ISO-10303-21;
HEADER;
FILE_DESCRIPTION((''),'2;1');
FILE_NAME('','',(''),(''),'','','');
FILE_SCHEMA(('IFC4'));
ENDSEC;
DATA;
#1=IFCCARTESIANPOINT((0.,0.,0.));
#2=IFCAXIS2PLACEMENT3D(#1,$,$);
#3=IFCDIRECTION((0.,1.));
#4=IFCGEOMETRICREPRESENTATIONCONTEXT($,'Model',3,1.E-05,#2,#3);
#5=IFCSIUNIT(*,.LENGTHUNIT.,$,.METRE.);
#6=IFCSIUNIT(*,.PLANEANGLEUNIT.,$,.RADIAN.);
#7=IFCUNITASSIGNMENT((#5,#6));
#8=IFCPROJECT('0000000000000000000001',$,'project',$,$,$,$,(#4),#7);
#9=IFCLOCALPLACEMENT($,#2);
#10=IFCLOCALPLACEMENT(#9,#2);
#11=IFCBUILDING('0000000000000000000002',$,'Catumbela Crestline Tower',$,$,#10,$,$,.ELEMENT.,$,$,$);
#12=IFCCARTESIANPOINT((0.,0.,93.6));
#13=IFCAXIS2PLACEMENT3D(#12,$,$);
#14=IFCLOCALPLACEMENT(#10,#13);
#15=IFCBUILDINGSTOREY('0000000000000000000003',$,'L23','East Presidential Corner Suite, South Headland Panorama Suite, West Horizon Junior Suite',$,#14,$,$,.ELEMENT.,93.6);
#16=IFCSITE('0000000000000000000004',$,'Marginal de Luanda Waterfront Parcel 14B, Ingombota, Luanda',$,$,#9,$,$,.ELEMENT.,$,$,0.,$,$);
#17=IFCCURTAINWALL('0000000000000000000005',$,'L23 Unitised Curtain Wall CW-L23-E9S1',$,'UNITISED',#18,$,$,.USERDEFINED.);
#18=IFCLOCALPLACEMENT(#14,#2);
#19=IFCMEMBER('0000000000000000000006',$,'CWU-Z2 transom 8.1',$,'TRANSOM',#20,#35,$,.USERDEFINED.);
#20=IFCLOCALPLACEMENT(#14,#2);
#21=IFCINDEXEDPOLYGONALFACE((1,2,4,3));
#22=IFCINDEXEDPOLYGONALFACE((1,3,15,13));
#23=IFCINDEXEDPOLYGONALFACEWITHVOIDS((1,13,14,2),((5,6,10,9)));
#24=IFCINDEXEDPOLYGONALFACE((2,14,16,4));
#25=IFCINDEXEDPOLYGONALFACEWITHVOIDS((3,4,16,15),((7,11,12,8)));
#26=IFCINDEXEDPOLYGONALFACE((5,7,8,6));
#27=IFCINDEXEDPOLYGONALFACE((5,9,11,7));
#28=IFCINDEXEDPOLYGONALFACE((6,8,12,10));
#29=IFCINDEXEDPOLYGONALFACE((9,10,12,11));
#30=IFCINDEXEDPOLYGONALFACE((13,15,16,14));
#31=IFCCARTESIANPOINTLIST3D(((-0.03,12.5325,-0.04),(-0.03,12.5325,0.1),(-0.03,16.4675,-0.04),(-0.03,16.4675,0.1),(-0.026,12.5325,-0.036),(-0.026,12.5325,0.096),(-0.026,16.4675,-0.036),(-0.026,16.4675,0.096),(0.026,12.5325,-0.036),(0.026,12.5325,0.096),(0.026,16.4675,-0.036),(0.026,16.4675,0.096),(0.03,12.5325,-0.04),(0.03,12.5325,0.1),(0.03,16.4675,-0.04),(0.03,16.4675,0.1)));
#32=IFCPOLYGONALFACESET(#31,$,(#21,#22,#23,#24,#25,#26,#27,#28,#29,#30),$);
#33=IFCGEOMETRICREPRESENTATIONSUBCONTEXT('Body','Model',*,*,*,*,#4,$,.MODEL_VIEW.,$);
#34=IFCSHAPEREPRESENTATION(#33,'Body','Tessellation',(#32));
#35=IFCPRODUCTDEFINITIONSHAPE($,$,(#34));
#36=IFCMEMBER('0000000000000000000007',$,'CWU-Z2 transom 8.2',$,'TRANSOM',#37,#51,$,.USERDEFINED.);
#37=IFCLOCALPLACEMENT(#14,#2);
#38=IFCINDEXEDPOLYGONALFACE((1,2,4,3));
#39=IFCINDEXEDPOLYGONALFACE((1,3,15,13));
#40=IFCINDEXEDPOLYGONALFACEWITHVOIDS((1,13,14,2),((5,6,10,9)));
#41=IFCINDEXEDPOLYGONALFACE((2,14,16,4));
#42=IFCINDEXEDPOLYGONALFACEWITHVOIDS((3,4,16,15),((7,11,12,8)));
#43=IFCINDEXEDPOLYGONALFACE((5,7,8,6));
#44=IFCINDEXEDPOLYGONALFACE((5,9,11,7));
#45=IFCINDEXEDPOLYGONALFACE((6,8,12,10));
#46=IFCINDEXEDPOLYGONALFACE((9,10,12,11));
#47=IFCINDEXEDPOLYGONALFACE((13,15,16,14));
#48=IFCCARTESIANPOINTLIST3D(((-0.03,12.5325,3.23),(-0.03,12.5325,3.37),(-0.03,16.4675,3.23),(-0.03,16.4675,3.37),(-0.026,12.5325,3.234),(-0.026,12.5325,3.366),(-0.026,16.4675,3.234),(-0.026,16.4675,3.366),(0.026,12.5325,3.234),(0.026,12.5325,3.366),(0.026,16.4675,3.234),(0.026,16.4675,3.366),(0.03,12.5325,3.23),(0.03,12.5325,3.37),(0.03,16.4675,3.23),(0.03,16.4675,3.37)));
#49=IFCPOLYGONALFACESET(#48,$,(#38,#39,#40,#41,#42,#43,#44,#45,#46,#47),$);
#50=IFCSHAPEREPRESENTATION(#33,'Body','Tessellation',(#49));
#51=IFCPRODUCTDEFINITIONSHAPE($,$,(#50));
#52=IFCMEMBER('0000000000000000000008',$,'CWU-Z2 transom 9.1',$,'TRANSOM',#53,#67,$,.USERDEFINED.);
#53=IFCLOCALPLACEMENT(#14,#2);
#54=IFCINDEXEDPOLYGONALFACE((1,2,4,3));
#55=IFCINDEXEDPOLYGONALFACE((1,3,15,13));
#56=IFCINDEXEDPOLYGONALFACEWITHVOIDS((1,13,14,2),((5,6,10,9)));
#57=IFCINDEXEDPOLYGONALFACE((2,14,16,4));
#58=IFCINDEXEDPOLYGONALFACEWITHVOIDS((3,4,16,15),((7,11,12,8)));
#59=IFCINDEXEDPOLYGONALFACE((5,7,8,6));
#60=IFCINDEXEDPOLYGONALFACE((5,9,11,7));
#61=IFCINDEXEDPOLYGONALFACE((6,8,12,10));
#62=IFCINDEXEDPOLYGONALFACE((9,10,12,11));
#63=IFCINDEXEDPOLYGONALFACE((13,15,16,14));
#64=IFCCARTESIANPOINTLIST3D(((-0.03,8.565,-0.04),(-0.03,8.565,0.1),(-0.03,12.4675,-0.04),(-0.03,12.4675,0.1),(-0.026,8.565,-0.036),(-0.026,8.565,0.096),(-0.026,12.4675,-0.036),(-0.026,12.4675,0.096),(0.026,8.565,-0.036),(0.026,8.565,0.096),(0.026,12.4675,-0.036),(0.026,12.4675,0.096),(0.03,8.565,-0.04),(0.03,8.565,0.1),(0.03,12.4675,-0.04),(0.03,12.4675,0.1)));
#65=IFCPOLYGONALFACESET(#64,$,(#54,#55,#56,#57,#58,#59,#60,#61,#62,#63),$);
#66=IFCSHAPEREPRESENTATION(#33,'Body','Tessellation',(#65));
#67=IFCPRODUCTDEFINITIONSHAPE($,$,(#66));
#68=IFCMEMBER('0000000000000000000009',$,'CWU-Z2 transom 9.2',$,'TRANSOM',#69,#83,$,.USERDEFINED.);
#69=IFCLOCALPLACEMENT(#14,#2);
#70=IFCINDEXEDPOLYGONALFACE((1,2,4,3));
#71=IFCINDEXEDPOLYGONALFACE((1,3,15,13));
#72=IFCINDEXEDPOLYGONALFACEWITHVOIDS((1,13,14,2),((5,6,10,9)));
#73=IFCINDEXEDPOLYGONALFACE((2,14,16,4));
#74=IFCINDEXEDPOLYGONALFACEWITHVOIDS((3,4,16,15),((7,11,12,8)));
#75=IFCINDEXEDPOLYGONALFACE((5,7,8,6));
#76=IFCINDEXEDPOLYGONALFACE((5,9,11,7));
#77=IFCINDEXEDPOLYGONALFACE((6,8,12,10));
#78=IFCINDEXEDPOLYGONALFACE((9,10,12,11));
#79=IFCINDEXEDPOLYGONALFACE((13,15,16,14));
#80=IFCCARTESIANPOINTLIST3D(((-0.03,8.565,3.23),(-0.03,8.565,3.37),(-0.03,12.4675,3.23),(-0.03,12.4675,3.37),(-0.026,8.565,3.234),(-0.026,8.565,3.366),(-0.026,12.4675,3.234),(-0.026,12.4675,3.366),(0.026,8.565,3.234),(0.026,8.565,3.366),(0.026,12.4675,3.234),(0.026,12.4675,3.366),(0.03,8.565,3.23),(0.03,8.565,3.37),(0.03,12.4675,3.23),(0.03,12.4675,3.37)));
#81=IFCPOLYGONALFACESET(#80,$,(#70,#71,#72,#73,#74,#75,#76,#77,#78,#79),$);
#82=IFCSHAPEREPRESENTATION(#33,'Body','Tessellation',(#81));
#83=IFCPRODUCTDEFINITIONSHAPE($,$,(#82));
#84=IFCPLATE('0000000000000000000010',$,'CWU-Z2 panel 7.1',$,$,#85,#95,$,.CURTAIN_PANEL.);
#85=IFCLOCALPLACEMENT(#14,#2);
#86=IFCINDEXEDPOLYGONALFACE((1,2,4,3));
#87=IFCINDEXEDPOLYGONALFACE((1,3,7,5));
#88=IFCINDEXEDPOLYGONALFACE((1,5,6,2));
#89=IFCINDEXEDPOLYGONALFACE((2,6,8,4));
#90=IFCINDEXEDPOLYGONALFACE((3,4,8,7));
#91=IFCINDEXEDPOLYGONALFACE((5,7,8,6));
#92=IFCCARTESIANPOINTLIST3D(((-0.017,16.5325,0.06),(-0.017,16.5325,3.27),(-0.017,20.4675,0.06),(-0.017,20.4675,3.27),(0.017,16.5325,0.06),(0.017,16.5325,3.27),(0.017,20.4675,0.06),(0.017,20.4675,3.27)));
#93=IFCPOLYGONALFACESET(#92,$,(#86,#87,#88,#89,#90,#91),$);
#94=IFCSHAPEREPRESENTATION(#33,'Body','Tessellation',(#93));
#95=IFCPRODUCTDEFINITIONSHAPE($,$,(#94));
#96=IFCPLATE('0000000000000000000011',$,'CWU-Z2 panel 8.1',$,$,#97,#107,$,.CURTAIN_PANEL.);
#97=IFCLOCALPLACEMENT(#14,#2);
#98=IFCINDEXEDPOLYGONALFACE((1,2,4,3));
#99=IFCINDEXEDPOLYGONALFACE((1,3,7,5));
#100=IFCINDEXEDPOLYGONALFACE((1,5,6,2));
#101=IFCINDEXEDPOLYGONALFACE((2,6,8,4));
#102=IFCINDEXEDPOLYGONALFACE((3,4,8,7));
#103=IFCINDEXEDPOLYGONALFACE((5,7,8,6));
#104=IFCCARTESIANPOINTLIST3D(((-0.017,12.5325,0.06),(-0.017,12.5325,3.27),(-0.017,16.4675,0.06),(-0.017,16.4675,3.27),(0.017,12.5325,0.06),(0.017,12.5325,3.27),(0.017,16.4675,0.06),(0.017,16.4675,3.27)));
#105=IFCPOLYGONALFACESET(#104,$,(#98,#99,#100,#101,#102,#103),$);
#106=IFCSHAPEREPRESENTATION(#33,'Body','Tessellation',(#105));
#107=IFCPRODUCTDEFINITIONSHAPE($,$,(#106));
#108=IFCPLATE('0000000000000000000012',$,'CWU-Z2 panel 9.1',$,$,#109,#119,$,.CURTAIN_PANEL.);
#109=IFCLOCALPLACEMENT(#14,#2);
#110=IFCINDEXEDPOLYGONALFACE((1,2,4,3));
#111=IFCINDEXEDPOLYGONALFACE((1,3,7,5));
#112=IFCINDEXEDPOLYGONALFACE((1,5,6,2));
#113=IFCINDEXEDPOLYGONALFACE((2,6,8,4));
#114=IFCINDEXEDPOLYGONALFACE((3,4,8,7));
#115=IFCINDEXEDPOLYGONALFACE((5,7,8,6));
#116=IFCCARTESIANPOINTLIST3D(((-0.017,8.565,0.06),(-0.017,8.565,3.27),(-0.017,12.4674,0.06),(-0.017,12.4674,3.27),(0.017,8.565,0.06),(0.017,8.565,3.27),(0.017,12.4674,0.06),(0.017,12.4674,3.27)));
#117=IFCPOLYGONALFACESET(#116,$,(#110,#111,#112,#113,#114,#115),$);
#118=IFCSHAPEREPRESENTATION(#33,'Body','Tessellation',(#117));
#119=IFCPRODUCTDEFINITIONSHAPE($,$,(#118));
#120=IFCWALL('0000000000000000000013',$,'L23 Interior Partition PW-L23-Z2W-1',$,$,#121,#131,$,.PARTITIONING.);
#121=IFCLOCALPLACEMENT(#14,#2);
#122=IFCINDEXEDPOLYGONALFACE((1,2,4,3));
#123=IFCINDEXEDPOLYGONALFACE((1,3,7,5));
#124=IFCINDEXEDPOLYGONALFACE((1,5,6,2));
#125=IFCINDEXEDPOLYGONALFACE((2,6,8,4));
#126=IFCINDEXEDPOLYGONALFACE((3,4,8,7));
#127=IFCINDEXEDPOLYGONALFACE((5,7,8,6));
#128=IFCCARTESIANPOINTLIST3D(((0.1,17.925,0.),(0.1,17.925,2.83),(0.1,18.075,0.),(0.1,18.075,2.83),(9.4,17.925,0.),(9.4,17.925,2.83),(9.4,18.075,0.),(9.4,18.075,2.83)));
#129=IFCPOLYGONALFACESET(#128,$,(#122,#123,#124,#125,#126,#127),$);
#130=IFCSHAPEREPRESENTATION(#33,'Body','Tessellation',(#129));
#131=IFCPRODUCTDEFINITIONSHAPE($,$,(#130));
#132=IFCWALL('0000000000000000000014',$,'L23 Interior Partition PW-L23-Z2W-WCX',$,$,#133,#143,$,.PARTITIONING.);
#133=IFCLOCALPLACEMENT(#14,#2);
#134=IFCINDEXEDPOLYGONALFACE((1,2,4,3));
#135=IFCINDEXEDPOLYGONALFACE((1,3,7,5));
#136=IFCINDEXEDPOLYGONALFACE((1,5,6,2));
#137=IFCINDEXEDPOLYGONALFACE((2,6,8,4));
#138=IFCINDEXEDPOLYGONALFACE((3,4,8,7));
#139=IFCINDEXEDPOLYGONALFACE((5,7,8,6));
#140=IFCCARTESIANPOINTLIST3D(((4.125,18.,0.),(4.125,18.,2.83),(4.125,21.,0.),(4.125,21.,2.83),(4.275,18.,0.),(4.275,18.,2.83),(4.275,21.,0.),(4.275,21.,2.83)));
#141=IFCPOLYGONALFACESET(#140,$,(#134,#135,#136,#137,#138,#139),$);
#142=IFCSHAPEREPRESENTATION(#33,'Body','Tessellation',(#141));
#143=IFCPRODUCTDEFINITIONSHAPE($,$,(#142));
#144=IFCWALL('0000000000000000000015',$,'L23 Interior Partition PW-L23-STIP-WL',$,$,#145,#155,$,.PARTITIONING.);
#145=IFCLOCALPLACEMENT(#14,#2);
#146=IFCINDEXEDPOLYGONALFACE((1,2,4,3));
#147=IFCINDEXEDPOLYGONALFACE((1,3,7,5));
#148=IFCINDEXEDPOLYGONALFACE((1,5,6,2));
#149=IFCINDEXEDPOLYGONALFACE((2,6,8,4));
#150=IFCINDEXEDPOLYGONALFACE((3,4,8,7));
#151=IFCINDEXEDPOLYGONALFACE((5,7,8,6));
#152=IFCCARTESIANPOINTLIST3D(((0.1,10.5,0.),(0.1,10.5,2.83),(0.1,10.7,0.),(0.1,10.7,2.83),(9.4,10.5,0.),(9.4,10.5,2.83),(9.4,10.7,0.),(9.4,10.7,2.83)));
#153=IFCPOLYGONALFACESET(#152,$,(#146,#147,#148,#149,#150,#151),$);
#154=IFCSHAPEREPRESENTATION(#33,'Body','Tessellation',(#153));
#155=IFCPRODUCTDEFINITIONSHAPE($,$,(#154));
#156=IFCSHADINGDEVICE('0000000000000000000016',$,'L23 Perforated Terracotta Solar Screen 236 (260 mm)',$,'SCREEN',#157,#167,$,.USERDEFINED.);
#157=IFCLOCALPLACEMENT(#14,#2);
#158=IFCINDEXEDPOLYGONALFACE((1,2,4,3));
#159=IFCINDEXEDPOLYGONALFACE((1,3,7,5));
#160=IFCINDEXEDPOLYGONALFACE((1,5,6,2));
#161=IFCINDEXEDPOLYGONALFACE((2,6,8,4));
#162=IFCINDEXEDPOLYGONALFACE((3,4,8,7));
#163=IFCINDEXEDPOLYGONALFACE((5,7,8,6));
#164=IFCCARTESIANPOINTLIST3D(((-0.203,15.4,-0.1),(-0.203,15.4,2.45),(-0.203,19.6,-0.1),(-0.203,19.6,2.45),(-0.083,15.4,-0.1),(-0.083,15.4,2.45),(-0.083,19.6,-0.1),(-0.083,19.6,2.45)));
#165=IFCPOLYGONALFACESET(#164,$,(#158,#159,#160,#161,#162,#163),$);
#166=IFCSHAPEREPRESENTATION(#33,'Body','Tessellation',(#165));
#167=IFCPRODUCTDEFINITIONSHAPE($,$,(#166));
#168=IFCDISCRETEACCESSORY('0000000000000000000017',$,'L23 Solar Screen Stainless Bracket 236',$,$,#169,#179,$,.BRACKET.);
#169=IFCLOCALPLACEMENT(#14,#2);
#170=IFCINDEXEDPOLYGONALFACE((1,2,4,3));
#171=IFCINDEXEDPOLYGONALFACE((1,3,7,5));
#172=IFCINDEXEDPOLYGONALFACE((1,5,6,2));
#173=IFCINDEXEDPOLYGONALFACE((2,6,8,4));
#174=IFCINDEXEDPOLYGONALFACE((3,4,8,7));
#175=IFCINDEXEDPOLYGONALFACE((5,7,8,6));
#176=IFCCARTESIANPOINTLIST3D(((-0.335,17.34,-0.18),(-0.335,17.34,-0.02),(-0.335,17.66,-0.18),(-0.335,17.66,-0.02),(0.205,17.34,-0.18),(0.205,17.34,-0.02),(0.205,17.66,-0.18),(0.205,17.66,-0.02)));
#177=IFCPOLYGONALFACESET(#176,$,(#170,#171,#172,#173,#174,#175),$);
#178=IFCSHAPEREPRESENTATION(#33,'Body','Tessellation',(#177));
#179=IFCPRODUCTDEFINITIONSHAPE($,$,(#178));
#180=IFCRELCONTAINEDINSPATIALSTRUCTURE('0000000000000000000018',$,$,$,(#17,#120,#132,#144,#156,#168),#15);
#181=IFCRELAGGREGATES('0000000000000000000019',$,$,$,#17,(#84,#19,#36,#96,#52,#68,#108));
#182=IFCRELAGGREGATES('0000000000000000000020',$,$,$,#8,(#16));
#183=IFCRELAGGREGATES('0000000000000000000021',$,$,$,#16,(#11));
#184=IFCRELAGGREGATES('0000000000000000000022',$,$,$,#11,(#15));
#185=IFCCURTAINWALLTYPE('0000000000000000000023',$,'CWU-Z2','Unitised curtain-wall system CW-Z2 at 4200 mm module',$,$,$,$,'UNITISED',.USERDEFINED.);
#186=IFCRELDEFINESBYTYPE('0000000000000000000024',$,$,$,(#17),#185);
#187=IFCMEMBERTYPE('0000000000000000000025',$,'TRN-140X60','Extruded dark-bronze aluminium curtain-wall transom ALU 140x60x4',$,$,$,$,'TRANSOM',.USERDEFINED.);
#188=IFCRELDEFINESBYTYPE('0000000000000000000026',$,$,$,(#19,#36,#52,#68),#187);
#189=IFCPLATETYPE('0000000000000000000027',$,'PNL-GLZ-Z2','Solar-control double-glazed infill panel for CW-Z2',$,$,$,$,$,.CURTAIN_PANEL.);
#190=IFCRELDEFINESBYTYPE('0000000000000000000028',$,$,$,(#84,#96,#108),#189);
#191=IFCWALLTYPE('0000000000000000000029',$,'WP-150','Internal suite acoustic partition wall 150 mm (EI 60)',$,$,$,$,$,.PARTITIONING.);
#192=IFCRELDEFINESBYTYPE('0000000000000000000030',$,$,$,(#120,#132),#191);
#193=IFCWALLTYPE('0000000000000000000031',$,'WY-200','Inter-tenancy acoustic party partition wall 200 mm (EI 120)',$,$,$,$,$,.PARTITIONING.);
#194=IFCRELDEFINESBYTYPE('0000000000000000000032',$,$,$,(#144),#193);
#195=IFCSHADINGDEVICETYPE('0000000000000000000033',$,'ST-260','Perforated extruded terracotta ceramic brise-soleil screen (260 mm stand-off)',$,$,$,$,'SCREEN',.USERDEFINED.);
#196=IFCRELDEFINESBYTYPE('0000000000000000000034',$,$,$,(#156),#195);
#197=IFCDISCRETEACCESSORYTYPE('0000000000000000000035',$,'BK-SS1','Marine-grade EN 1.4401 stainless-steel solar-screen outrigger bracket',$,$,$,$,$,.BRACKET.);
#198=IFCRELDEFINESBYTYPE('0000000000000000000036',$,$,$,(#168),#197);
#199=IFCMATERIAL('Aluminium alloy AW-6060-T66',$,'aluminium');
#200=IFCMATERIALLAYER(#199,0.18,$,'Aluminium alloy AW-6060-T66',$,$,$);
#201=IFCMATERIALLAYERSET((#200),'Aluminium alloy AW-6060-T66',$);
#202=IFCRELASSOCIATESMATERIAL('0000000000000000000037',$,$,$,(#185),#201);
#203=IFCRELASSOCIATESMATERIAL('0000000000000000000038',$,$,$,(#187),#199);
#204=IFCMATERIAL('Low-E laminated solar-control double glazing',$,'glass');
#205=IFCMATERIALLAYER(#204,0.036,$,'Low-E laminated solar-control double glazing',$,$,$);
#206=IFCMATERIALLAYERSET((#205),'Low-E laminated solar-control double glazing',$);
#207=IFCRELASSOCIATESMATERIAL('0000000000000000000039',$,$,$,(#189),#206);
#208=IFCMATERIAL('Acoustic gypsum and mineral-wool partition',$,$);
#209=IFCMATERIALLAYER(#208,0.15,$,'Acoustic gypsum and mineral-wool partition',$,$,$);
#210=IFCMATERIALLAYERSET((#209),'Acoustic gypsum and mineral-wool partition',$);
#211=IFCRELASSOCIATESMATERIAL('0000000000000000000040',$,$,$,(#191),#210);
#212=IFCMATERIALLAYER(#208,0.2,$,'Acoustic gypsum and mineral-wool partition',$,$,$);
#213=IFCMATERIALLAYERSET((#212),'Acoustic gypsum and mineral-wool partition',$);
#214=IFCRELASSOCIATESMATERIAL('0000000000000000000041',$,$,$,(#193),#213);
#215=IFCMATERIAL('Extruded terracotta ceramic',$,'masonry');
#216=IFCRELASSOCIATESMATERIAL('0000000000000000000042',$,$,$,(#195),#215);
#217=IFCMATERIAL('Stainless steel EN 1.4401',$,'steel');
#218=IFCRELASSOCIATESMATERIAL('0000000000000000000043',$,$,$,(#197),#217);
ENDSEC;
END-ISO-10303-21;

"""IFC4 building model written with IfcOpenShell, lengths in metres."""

from ifc_helpers import new_model, si_unit, direction, frame, frame_2d, origin, origin_2d, place, context, subcontext, project, spatial, rectangle, hollow_rectangle, extrude, material, layer, layer_set, material_profile, profile_set, type_object, element, aggregate, save


model = new_model("IFC4")

# Units and contexts
model_context = context("Model", 3, precision=1e-05, world=origin(), true_north=direction((0.0, 1.0)))
body_context = subcontext(model_context, "Body", "Model", "MODEL_VIEW")
ifc_project = project(units=[si_unit("LENGTHUNIT", "METRE"), si_unit("PLANEANGLEUNIT", "RADIAN")], contexts=[model_context])

# Site, building, storey
site_placement = place(None, origin())
site = spatial("IfcSite", under=ifc_project, at=site_placement, Name="Marginal de Luanda Waterfront Parcel 14B, Ingombota, Luanda", CompositionType="ELEMENT", RefElevation=0.0)
building_placement = place(site_placement, origin())
building = spatial("IfcBuilding", under=site, at=building_placement, Name="Catumbela Crestline Tower", CompositionType="ELEMENT")
storey_placement = place(building_placement, frame((0.0, 0.0, 93.6)))
storey = spatial("IfcBuildingStorey", under=building, at=storey_placement, Name="L23", Description="East Presidential Corner Suite, South Headland Panorama Suite, West Horizon Junior Suite", CompositionType="ELEMENT", Elevation=93.6)

# Curtain wall
ifc_material_1 = material(Name="Aluminium alloy AW-6060-T66", Category="aluminium")
ifc_layer_1 = layer(ifc_material_1, 0.18, Name="Aluminium alloy AW-6060-T66")
ifc_layer_set_1 = layer_set([ifc_layer_1], Name="Aluminium alloy AW-6060-T66")
curtain_wall_type = type_object("IfcCurtainWallType", Name="CWU-Z2", Description="Unitised curtain-wall system CW-Z2 at 4200 mm module", ElementType="UNITISED", PredefinedType="USERDEFINED", material=ifc_layer_set_1)
curtain_wall_placement = place(storey_placement, origin())
curtain_wall = element("IfcCurtainWall", 1, at=curtain_wall_placement, inside=storey, type_object=curtain_wall_type, Name="L23 Unitised Curtain Wall CW-L23-E9S1", ObjectType="UNITISED", PredefinedType="USERDEFINED")

# Members
ifc_material_profile_1 = material_profile(ifc_material_1, hollow_rectangle(XDim=0.06, YDim=0.14, WallThickness=0.004, at=origin_2d()), Name="ALU 140x60x4")
ifc_profile_set_1 = profile_set([ifc_material_profile_1], Name="Aluminium alloy AW-6060-T66")
member_type_1 = type_object("IfcMemberType", Name="TRN-140X60", Description="Extruded dark-bronze aluminium curtain-wall transom ALU 140x60x4", ElementType="TRANSOM", PredefinedType="USERDEFINED", material=ifc_profile_set_1)
member_1_placement = place(storey_placement, frame((0.0, 16.4675, 0.03), z_axis=(0.0, -1.0, 0.0), x_axis=(1.0, 0.0, 0.0)))
member_1 = element("IfcMember", 2, at=member_1_placement, type_object=member_type_1, Name="CWU-Z2 transom 8.1", ObjectType="TRANSOM", PredefinedType="USERDEFINED", context=body_context, shape_type="SweptSolid", body=[
    extrude(hollow_rectangle(XDim=0.06, YDim=0.14, WallThickness=0.004, at=origin_2d()), origin(), (0.0, 0.0, 1.0), 3.935),
])
member_2_placement = place(storey_placement, frame((0.0, 16.4675, 3.3), z_axis=(0.0, -1.0, 0.0), x_axis=(1.0, 0.0, 0.0)))
member_2 = element("IfcMember", 3, at=member_2_placement, type_object=member_type_1, Name="CWU-Z2 transom 8.2", ObjectType="TRANSOM", PredefinedType="USERDEFINED", context=body_context, shape_type="SweptSolid", body=[
    extrude(hollow_rectangle(XDim=0.06, YDim=0.14, WallThickness=0.004, at=origin_2d()), origin(), (0.0, 0.0, 1.0), 3.935),
])
member_3_placement = place(storey_placement, frame((0.0, 12.4675, 0.03), z_axis=(0.0, -1.0, 0.0), x_axis=(1.0, 0.0, 0.0)))
member_3 = element("IfcMember", 4, at=member_3_placement, type_object=member_type_1, Name="CWU-Z2 transom 9.1", ObjectType="TRANSOM", PredefinedType="USERDEFINED", context=body_context, shape_type="SweptSolid", body=[
    extrude(hollow_rectangle(XDim=0.06, YDim=0.14, WallThickness=0.004, at=origin_2d()), origin(), (0.0, 0.0, 1.0), 3.9025),
])
member_4_placement = place(storey_placement, frame((0.0, 12.4675, 3.3), z_axis=(0.0, -1.0, 0.0), x_axis=(1.0, 0.0, 0.0)))
member_4 = element("IfcMember", 5, at=member_4_placement, type_object=member_type_1, Name="CWU-Z2 transom 9.2", ObjectType="TRANSOM", PredefinedType="USERDEFINED", context=body_context, shape_type="SweptSolid", body=[
    extrude(hollow_rectangle(XDim=0.06, YDim=0.14, WallThickness=0.004, at=origin_2d()), origin(), (0.0, 0.0, 1.0), 3.9025),
])

# Plates
ifc_material_2 = material(Name="Low-E laminated solar-control double glazing", Category="glass")
ifc_layer_2 = layer(ifc_material_2, 0.036, Name="Low-E laminated solar-control double glazing")
ifc_layer_set_2 = layer_set([ifc_layer_2], Name="Low-E laminated solar-control double glazing")
plate_type = type_object("IfcPlateType", Name="PNL-GLZ-Z2", Description="Solar-control double-glazed infill panel for CW-Z2", PredefinedType="CURTAIN_PANEL", material=ifc_layer_set_2)
plate_1_placement = place(storey_placement, frame((0.0, 18.5, 0.06), z_axis=(0.0, 0.0, 1.0), x_axis=(0.0, -1.0, 0.0)))
plate_1 = element("IfcPlate", 6, at=plate_1_placement, type_object=plate_type, Name="CWU-Z2 panel 7.1", PredefinedType="CURTAIN_PANEL", context=body_context, shape_type="SweptSolid", body=[
    extrude(rectangle(XDim=3.935, YDim=0.034, at=origin_2d()), origin(), (0.0, 0.0, 1.0), 3.21),
])
plate_2_placement = place(storey_placement, frame((0.0, 14.5, 0.06), z_axis=(0.0, 0.0, 1.0), x_axis=(0.0, -1.0, 0.0)))
plate_2 = element("IfcPlate", 7, at=plate_2_placement, type_object=plate_type, Name="CWU-Z2 panel 8.1", PredefinedType="CURTAIN_PANEL", context=body_context, shape_type="SweptSolid", body=[
    extrude(rectangle(XDim=3.935, YDim=0.034, at=origin_2d()), origin(), (0.0, 0.0, 1.0), 3.21),
])
plate_3_placement = place(storey_placement, frame((0.0, 10.5162, 0.06), z_axis=(0.0, 0.0, 1.0), x_axis=(0.0, -1.0, 0.0)))
plate_3 = element("IfcPlate", 8, at=plate_3_placement, type_object=plate_type, Name="CWU-Z2 panel 9.1", PredefinedType="CURTAIN_PANEL", context=body_context, shape_type="SweptSolid", body=[
    extrude(rectangle(XDim=3.9025, YDim=0.034, at=origin_2d()), origin(), (0.0, 0.0, 1.0), 3.21),
])
aggregate(curtain_wall, [plate_1, member_1, member_2, plate_2, member_3, member_4, plate_3])

# Walls
ifc_material_3 = material(Name="Acoustic gypsum and mineral-wool partition")
ifc_layer_3 = layer(ifc_material_3, 0.15, Name="Acoustic gypsum and mineral-wool partition")
ifc_layer_set_3 = layer_set([ifc_layer_3], Name="Acoustic gypsum and mineral-wool partition")
wall_type_1 = type_object("IfcWallType", Name="WP-150", Description="Internal suite acoustic partition wall 150 mm (EI 60)", PredefinedType="PARTITIONING", material=ifc_layer_set_3)
wall_1_placement = place(storey_placement, frame((0.1, 18.0, 0.0), z_axis=(0.0, 0.0, 1.0), x_axis=(1.0, 0.0, 0.0)))
element("IfcWall", 9, at=wall_1_placement, inside=storey, type_object=wall_type_1, Name="L23 Interior Partition PW-L23-Z2W-1", PredefinedType="PARTITIONING", context=body_context, shape_type="SweptSolid", body=[
    extrude(rectangle(XDim=9.3, YDim=0.15, at=frame_2d((4.65, 0.0))), origin(), (0.0, 0.0, 1.0), 2.83),
])
wall_2_placement = place(storey_placement, frame((4.2, 18.0, 0.0), z_axis=(0.0, 0.0, 1.0), x_axis=(0.0, 1.0, 0.0)))
element("IfcWall", 10, at=wall_2_placement, inside=storey, type_object=wall_type_1, Name="L23 Interior Partition PW-L23-Z2W-WCX", PredefinedType="PARTITIONING", context=body_context, shape_type="SweptSolid", body=[
    extrude(rectangle(XDim=3.0, YDim=0.15, at=frame_2d((1.5, 0.0))), origin(), (0.0, 0.0, 1.0), 2.83),
])
ifc_layer_4 = layer(ifc_material_3, 0.2, Name="Acoustic gypsum and mineral-wool partition")
ifc_layer_set_4 = layer_set([ifc_layer_4], Name="Acoustic gypsum and mineral-wool partition")
wall_type_2 = type_object("IfcWallType", Name="WY-200", Description="Inter-tenancy acoustic party partition wall 200 mm (EI 120)", PredefinedType="PARTITIONING", material=ifc_layer_set_4)
wall_3_placement = place(storey_placement, frame((0.1, 10.6, 0.0), z_axis=(0.0, 0.0, 1.0), x_axis=(1.0, 0.0, 0.0)))
element("IfcWall", 11, at=wall_3_placement, inside=storey, type_object=wall_type_2, Name="L23 Interior Partition PW-L23-STIP-WL", PredefinedType="PARTITIONING", context=body_context, shape_type="SweptSolid", body=[
    extrude(rectangle(XDim=9.3, YDim=0.2, at=frame_2d((4.65, 0.0))), origin(), (0.0, 0.0, 1.0), 2.83),
])

# Shading device
ifc_material_4 = material(Name="Extruded terracotta ceramic", Category="masonry")
shading_device_type = type_object("IfcShadingDeviceType", Name="ST-260", Description="Perforated extruded terracotta ceramic brise-soleil screen (260 mm stand-off)", ElementType="SCREEN", PredefinedType="USERDEFINED", material=ifc_material_4)
shading_device_placement = place(storey_placement, frame((-0.143, 17.5, -0.1), z_axis=(0.0, 0.0, 1.0), x_axis=(0.0, -1.0, 0.0)))
element("IfcShadingDevice", 12, at=shading_device_placement, inside=storey, type_object=shading_device_type, Name="L23 Perforated Terracotta Solar Screen 236 (260 mm)", ObjectType="SCREEN", PredefinedType="USERDEFINED", context=body_context, shape_type="SweptSolid", body=[
    extrude(rectangle(XDim=4.2, YDim=0.12, at=origin_2d()), origin(), (0.0, 0.0, 1.0), 2.55),
])

# Discrete accessory
ifc_material_5 = material(Name="Stainless steel EN 1.4401", Category="steel")
discrete_accessory_type = type_object("IfcDiscreteAccessoryType", Name="BK-SS1", Description="Marine-grade EN 1.4401 stainless-steel solar-screen outrigger bracket", PredefinedType="BRACKET", material=ifc_material_5)
discrete_accessory_placement = place(storey_placement, frame((-0.065, 17.5, -0.18), z_axis=(0.0, 0.0, 1.0), x_axis=(0.0, -1.0, 0.0)))
element("IfcDiscreteAccessory", 13, at=discrete_accessory_placement, inside=storey, type_object=discrete_accessory_type, Name="L23 Solar Screen Stainless Bracket 236", PredefinedType="BRACKET", context=body_context, shape_type="SweptSolid", body=[
    extrude(rectangle(XDim=0.32, YDim=0.54, at=origin_2d()), origin(), (0.0, 0.0, 1.0), 0.16),
])

save(model, "model.ifc")
